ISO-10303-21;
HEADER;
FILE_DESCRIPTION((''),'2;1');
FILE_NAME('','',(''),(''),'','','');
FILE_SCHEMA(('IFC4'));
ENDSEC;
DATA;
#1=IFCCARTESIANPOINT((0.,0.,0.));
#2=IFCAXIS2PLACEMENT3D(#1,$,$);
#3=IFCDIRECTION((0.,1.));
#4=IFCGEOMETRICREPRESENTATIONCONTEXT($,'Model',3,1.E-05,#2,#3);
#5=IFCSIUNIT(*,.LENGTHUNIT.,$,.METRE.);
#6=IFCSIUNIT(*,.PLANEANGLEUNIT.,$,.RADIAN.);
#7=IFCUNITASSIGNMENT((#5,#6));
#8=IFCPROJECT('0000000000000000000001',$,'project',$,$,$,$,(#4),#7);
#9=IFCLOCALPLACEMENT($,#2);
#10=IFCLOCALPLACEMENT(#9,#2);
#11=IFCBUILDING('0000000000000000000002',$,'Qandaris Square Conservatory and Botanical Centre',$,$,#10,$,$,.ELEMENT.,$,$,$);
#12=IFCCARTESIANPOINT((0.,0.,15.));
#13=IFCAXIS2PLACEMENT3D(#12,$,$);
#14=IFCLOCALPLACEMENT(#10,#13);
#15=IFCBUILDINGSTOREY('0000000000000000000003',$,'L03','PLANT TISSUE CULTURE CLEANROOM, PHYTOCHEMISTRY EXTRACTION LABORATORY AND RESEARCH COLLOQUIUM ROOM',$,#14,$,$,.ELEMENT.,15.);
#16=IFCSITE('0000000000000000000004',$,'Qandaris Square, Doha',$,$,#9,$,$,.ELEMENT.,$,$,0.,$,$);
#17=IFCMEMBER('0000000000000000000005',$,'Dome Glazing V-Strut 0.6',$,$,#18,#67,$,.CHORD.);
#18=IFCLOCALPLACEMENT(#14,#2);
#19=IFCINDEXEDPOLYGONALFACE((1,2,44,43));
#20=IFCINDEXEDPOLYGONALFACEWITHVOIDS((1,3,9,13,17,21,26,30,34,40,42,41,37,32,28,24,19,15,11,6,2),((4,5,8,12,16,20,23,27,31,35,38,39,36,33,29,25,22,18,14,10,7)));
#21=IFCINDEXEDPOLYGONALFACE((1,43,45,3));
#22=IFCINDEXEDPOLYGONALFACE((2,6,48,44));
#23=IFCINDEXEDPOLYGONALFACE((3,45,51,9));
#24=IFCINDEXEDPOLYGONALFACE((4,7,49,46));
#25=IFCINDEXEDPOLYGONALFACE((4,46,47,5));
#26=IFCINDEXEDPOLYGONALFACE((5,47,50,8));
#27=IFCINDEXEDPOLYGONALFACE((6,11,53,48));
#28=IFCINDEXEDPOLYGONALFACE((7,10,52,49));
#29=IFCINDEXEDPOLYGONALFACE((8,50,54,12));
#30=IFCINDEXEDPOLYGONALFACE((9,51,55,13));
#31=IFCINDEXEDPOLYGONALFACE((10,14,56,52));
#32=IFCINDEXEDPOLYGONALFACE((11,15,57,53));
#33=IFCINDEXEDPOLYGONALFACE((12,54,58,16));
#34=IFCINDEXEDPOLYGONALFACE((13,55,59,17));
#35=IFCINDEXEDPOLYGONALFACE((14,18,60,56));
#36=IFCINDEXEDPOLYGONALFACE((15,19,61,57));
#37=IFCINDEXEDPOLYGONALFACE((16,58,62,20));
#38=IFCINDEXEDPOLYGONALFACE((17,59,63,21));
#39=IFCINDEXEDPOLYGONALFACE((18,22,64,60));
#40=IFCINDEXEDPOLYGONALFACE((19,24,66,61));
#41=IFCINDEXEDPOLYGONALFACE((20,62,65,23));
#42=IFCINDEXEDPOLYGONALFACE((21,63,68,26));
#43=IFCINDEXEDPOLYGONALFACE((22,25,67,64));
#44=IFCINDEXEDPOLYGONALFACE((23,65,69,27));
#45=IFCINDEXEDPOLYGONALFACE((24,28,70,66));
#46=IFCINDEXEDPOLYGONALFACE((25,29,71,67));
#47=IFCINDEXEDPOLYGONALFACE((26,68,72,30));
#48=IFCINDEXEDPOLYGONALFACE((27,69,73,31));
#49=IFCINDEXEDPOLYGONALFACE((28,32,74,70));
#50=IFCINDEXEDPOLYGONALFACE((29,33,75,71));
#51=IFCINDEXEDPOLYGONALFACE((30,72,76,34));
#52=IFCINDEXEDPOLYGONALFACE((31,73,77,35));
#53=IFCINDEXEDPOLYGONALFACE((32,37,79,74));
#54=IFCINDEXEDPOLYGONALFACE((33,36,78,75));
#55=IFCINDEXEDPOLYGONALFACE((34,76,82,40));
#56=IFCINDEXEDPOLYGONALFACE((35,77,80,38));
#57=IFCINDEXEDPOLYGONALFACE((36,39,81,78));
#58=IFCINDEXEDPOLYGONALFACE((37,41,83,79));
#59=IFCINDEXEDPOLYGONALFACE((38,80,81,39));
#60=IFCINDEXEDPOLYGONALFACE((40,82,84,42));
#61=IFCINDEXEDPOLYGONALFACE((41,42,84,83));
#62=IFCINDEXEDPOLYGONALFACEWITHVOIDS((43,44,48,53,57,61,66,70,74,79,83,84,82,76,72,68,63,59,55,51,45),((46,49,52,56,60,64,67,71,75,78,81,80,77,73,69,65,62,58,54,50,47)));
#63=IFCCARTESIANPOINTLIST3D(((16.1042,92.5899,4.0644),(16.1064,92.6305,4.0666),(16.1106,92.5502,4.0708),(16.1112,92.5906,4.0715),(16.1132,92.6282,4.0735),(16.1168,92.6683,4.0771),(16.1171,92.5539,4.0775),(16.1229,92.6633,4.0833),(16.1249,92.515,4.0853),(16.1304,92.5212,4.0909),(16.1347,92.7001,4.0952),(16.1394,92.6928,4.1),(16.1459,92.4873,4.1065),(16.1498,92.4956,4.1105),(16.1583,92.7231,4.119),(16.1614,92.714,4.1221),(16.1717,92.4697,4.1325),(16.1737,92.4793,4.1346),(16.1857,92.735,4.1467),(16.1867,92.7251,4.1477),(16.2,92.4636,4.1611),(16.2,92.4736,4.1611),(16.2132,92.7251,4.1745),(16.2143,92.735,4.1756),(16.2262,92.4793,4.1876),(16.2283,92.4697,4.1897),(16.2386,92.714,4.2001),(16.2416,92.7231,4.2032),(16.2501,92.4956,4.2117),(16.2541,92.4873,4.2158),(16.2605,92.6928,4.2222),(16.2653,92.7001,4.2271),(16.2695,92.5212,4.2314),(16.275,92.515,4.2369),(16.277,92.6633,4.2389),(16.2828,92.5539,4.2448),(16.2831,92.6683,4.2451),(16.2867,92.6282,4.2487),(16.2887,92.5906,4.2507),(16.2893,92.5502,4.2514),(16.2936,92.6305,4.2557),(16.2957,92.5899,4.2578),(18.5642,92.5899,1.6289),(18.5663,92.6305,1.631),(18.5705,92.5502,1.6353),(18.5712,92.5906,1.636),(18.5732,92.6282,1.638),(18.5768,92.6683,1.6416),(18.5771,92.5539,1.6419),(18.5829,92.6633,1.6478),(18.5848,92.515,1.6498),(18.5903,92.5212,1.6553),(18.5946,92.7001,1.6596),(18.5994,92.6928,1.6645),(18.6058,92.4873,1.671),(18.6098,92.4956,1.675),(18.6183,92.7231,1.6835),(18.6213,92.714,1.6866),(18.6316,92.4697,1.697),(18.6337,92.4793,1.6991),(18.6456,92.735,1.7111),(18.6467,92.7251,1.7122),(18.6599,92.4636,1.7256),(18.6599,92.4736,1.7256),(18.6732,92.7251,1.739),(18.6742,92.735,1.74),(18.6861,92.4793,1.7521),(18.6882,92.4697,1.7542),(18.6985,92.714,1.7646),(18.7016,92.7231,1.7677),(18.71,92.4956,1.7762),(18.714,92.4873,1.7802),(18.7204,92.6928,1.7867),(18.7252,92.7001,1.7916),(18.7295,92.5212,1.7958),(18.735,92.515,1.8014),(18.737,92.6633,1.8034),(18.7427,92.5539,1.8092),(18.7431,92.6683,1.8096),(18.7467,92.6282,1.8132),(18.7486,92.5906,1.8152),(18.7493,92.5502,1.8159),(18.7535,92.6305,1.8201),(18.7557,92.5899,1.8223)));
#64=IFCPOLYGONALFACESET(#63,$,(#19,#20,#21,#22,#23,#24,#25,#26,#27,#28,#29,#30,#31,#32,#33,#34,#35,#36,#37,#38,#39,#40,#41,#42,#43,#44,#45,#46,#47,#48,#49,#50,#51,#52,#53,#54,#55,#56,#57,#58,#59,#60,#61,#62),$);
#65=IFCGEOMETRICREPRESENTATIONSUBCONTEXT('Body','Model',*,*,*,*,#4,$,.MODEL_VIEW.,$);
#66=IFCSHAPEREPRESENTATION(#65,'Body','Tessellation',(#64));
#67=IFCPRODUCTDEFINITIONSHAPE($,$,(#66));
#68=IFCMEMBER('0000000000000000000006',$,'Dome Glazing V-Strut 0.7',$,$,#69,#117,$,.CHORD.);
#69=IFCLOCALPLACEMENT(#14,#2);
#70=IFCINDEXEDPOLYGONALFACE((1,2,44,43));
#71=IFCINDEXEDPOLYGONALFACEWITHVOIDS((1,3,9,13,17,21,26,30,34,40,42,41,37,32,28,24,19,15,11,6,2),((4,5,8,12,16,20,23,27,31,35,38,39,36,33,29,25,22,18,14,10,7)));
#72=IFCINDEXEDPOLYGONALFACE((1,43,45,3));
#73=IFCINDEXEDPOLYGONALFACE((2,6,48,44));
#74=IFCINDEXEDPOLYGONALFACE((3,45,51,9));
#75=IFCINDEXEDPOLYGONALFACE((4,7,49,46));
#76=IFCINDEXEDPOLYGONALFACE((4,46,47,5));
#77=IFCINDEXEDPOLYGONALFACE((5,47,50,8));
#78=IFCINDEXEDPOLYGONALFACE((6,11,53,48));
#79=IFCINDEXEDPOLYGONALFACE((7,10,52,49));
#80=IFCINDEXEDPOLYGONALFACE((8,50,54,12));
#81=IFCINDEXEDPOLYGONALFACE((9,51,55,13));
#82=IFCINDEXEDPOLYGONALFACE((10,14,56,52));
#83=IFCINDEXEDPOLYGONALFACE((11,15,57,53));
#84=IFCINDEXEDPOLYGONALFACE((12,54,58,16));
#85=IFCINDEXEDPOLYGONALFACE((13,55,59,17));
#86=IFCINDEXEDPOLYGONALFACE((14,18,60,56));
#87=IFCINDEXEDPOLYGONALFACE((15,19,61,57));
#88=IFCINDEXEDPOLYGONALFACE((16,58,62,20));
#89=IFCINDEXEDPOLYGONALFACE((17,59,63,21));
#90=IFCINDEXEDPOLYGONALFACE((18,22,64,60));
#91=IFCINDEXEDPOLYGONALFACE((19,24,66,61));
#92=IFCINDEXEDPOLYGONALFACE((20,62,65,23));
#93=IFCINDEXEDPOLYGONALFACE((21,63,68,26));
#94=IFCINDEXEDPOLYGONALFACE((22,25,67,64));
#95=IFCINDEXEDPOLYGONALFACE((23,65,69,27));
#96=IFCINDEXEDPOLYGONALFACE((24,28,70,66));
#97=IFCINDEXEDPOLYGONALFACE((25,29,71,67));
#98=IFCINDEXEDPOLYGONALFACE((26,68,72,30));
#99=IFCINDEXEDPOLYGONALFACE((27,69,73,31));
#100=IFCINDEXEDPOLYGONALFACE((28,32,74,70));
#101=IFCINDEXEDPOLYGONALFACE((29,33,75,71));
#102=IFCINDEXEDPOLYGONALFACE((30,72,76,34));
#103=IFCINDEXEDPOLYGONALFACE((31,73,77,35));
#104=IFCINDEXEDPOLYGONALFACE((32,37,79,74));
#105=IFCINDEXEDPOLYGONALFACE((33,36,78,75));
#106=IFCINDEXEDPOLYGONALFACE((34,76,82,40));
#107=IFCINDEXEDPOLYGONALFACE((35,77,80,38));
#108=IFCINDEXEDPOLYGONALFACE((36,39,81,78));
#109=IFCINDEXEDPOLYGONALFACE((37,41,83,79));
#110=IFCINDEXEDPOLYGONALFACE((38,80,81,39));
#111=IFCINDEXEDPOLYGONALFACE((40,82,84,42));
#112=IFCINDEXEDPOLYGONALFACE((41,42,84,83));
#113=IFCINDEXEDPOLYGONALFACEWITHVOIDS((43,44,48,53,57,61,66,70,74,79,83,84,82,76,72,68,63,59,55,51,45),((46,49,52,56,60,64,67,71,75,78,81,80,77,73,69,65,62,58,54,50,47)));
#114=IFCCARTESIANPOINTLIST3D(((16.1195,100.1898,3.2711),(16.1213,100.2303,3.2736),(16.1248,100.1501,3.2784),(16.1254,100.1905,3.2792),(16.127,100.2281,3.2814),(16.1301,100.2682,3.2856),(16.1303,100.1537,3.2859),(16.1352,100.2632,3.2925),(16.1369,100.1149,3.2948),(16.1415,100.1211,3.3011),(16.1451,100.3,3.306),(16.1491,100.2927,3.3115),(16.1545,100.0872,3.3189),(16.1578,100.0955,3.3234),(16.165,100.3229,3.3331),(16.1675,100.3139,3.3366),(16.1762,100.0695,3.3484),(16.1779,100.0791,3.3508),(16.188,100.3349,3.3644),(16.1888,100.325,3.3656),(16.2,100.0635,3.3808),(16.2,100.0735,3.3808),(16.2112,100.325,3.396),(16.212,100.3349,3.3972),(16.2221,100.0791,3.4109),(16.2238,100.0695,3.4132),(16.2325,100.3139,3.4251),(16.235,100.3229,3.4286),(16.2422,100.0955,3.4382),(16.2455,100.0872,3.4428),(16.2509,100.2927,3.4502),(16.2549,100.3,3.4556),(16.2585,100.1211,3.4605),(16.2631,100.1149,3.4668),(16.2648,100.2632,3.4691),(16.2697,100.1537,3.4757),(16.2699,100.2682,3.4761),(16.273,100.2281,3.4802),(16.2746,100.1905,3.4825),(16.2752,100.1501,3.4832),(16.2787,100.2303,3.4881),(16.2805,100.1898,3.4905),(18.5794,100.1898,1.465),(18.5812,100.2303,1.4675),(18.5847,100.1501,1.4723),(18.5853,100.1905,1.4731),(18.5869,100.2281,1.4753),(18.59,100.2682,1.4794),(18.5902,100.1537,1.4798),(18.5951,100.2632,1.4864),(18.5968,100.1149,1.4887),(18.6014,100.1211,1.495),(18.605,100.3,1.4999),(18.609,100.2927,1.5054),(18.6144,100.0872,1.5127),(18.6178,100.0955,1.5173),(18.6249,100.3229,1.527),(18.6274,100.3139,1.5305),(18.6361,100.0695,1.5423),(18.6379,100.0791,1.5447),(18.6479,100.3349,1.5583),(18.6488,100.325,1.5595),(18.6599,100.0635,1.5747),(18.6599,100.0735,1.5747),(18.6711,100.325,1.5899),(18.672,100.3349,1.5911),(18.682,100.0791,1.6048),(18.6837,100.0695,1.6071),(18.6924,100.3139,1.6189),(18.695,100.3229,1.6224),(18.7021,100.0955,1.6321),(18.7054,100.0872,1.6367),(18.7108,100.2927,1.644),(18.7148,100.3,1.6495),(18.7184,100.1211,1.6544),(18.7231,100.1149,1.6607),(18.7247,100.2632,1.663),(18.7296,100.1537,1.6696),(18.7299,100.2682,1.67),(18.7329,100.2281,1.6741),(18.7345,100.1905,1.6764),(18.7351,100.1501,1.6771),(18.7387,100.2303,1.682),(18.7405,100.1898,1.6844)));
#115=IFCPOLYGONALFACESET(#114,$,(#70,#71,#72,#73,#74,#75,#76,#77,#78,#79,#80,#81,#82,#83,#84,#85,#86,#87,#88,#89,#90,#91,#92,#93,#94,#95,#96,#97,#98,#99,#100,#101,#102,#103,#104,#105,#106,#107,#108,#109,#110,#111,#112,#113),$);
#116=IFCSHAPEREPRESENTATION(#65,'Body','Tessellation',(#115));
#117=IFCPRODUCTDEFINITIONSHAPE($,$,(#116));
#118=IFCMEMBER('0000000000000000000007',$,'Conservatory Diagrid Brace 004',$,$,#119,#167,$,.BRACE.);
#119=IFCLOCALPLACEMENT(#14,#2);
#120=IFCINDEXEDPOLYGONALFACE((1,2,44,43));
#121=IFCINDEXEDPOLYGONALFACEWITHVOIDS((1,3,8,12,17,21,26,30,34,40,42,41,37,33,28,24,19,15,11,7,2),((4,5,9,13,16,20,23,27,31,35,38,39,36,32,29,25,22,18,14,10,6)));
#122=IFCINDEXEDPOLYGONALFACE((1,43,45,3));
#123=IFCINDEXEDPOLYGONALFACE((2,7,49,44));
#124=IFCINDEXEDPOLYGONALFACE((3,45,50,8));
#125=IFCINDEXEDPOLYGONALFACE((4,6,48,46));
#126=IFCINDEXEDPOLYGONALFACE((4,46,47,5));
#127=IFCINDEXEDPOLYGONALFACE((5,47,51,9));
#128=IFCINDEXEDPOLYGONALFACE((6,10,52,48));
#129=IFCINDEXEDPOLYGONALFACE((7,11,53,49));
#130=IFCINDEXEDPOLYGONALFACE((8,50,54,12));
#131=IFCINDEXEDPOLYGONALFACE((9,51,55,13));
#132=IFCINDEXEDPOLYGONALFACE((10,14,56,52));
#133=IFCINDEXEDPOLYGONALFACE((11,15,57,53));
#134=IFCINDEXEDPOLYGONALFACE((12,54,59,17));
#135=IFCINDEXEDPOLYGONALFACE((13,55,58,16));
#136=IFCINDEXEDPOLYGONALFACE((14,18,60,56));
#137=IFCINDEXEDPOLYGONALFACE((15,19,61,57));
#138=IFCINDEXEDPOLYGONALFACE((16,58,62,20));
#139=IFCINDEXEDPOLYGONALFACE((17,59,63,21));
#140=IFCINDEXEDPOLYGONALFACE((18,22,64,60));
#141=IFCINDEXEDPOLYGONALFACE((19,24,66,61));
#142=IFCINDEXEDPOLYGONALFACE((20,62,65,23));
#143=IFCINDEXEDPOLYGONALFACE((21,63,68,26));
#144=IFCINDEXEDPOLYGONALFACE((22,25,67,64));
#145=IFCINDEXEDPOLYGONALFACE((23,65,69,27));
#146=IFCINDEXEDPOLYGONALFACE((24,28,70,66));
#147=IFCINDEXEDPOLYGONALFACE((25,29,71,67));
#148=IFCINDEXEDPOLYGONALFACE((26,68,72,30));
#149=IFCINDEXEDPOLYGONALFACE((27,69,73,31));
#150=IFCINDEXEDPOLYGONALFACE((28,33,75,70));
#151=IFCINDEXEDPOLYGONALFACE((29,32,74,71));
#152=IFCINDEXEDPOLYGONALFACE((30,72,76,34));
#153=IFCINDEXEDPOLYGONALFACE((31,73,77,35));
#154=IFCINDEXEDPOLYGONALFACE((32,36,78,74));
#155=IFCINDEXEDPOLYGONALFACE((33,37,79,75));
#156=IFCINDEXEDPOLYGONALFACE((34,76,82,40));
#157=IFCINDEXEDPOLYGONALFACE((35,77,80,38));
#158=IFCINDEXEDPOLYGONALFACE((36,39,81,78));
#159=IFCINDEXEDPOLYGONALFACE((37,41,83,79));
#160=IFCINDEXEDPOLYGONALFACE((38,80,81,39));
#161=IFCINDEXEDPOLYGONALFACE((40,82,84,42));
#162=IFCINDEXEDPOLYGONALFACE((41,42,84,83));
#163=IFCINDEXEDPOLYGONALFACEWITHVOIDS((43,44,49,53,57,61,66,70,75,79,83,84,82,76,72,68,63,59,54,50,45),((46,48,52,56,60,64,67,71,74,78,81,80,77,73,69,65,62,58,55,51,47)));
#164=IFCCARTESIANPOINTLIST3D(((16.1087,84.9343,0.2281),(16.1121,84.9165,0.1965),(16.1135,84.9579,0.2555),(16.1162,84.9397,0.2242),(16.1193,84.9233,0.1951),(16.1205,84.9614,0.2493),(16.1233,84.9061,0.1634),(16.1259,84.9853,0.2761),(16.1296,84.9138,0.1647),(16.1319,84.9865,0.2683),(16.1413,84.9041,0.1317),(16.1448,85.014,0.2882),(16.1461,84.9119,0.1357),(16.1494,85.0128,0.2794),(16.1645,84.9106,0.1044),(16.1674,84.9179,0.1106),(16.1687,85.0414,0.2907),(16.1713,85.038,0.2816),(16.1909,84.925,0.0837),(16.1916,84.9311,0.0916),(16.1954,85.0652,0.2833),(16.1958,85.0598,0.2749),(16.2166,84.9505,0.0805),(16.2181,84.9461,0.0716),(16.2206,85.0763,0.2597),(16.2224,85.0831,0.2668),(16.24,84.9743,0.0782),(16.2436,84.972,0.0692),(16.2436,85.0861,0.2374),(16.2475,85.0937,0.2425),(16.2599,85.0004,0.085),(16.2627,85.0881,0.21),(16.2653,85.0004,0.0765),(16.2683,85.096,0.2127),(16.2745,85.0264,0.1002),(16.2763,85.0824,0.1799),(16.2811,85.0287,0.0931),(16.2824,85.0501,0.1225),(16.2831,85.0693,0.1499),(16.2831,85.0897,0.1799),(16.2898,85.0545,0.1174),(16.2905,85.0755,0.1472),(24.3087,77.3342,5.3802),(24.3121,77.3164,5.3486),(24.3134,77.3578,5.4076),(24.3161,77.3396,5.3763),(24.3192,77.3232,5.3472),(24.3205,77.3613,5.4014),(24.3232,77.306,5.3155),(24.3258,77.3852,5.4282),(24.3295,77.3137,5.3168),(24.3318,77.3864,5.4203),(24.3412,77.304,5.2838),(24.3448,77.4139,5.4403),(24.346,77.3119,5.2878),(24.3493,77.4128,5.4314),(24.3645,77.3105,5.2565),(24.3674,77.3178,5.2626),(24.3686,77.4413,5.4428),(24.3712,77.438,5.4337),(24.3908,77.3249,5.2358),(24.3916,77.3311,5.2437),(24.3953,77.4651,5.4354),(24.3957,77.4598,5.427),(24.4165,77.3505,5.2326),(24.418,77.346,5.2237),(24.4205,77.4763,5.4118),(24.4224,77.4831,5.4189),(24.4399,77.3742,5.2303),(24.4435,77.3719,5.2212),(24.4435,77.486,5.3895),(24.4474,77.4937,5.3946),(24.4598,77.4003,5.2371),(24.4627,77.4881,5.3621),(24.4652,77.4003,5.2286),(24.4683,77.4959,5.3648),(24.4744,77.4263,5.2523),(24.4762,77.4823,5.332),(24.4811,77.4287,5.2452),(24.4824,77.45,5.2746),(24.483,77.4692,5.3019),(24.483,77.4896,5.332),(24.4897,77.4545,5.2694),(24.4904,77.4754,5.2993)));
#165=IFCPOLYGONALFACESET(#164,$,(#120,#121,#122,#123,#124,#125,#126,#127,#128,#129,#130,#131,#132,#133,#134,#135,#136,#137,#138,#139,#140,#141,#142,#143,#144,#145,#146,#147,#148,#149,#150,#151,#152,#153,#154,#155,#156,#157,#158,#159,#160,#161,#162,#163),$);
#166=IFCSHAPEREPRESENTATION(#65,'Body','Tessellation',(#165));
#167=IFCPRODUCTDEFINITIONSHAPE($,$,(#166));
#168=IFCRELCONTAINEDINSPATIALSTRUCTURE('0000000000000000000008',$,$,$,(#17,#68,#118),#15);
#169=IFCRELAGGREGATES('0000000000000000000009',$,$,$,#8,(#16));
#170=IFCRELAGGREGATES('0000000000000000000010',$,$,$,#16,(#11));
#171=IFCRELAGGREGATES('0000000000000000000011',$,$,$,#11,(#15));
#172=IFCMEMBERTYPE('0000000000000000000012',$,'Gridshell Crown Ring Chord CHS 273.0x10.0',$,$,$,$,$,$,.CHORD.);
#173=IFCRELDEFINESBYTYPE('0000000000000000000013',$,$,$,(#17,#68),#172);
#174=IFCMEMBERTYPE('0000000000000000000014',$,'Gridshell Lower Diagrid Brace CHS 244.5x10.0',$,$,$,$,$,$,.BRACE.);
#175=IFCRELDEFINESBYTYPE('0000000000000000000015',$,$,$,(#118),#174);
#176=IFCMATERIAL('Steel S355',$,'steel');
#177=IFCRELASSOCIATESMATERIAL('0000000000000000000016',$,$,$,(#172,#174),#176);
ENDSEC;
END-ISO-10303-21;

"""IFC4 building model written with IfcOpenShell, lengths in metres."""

from ifc_helpers import new_model, si_unit, direction, frame, origin, origin_2d, place, context, subcontext, project, spatial, hollow_circle, extrude, material, material_profile, profile_set, type_object, element, save


model = new_model("IFC4")

# Units and contexts
model_context = context("Model", 3, precision=1e-05, world=origin(), true_north=direction((0.0, 1.0)))
body_context = subcontext(model_context, "Body", "Model", "MODEL_VIEW")
ifc_project = project(units=[si_unit("LENGTHUNIT", "METRE"), si_unit("PLANEANGLEUNIT", "RADIAN")], contexts=[model_context])

# Site, building, storey
site_placement = place(None, origin())
site = spatial("IfcSite", under=ifc_project, at=site_placement, Name="Qandaris Square, Doha", CompositionType="ELEMENT", RefElevation=0.0)
building_placement = place(site_placement, origin())
building = spatial("IfcBuilding", under=site, at=building_placement, Name="Qandaris Square Conservatory and Botanical Centre", CompositionType="ELEMENT")
storey_placement = place(building_placement, frame((0.0, 0.0, 15.0)))
storey = spatial("IfcBuildingStorey", under=building, at=storey_placement, Name="L03", Description="PLANT TISSUE CULTURE CLEANROOM, PHYTOCHEMISTRY EXTRACTION LABORATORY AND RESEARCH COLLOQUIUM ROOM", CompositionType="ELEMENT", Elevation=15.0)

# Members
ifc_material_1 = material(Name="Steel S355", Category="steel")
ifc_material_profile_1 = material_profile(ifc_material_1, hollow_circle(Radius=0.1365, WallThickness=0.01, at=origin_2d()), Name="CHS 273.0x10.0")
ifc_profile_set_1 = profile_set([ifc_material_profile_1], Name="Steel S355")
member_type_1 = type_object("IfcMemberType", Name="Gridshell Crown Ring Chord CHS 273.0x10.0", PredefinedType="CHORD", material=ifc_profile_set_1)
member_1_placement = place(storey_placement, frame((18.6599, 92.6001, 1.7256), z_axis=(-0.710624, 0.0, 0.703572), x_axis=(0.0, -1.0, 0.0)))
element("IfcMember", 1, at=member_1_placement, inside=storey, type_object=member_type_1, Name="Dome Glazing V-Strut 0.6", PredefinedType="CHORD", context=body_context, shape_type="SweptSolid", body=[
    extrude(hollow_circle(Radius=0.1365, WallThickness=0.01, at=origin_2d()), origin(), (0.0, 0.0, 1.0), 3.4617),
])
member_2_placement = place(storey_placement, frame((18.6599, 100.2, 1.5747), z_axis=(-0.806064, 0.0, 0.591828), x_axis=(0.0, -1.0, 0.0)))
element("IfcMember", 2, at=member_2_placement, inside=storey, type_object=member_type_1, Name="Dome Glazing V-Strut 0.7", PredefinedType="CHORD", context=body_context, shape_type="SweptSolid", body=[
    extrude(hollow_circle(Radius=0.1365, WallThickness=0.01, at=origin_2d()), origin(), (0.0, 0.0, 1.0), 3.0518),
])
ifc_material_profile_2 = material_profile(ifc_material_1, hollow_circle(Radius=0.1223, WallThickness=0.01, at=origin_2d()), Name="CHS 244.5x10.0")
ifc_profile_set_2 = profile_set([ifc_material_profile_2], Name="Steel S355")
member_type_2 = type_object("IfcMemberType", Name="Gridshell Lower Diagrid Brace CHS 244.5x10.0", PredefinedType="BRACE", material=ifc_profile_set_2)
for number, where, z_axis, x_axis, name in (
    (3, (16.2, 85.0, 0.1799), (0.666102, -0.617374, 0.418518), (0.679772, 0.733424, 0.0), "Conservatory Diagrid Brace 004"),
):
    element("IfcMember", number, at=place(storey_placement, frame(where, z_axis=z_axis, x_axis=x_axis)), inside=storey, type_object=member_type_2, Name=name, PredefinedType="BRACE", context=body_context, shape_type="SweptSolid", body=[
        extrude(hollow_circle(Radius=0.1223, WallThickness=0.01, at=origin_2d()), origin(), (0.0, 0.0, 1.0), 12.3103),
    ])

save(model, "model.ifc")
